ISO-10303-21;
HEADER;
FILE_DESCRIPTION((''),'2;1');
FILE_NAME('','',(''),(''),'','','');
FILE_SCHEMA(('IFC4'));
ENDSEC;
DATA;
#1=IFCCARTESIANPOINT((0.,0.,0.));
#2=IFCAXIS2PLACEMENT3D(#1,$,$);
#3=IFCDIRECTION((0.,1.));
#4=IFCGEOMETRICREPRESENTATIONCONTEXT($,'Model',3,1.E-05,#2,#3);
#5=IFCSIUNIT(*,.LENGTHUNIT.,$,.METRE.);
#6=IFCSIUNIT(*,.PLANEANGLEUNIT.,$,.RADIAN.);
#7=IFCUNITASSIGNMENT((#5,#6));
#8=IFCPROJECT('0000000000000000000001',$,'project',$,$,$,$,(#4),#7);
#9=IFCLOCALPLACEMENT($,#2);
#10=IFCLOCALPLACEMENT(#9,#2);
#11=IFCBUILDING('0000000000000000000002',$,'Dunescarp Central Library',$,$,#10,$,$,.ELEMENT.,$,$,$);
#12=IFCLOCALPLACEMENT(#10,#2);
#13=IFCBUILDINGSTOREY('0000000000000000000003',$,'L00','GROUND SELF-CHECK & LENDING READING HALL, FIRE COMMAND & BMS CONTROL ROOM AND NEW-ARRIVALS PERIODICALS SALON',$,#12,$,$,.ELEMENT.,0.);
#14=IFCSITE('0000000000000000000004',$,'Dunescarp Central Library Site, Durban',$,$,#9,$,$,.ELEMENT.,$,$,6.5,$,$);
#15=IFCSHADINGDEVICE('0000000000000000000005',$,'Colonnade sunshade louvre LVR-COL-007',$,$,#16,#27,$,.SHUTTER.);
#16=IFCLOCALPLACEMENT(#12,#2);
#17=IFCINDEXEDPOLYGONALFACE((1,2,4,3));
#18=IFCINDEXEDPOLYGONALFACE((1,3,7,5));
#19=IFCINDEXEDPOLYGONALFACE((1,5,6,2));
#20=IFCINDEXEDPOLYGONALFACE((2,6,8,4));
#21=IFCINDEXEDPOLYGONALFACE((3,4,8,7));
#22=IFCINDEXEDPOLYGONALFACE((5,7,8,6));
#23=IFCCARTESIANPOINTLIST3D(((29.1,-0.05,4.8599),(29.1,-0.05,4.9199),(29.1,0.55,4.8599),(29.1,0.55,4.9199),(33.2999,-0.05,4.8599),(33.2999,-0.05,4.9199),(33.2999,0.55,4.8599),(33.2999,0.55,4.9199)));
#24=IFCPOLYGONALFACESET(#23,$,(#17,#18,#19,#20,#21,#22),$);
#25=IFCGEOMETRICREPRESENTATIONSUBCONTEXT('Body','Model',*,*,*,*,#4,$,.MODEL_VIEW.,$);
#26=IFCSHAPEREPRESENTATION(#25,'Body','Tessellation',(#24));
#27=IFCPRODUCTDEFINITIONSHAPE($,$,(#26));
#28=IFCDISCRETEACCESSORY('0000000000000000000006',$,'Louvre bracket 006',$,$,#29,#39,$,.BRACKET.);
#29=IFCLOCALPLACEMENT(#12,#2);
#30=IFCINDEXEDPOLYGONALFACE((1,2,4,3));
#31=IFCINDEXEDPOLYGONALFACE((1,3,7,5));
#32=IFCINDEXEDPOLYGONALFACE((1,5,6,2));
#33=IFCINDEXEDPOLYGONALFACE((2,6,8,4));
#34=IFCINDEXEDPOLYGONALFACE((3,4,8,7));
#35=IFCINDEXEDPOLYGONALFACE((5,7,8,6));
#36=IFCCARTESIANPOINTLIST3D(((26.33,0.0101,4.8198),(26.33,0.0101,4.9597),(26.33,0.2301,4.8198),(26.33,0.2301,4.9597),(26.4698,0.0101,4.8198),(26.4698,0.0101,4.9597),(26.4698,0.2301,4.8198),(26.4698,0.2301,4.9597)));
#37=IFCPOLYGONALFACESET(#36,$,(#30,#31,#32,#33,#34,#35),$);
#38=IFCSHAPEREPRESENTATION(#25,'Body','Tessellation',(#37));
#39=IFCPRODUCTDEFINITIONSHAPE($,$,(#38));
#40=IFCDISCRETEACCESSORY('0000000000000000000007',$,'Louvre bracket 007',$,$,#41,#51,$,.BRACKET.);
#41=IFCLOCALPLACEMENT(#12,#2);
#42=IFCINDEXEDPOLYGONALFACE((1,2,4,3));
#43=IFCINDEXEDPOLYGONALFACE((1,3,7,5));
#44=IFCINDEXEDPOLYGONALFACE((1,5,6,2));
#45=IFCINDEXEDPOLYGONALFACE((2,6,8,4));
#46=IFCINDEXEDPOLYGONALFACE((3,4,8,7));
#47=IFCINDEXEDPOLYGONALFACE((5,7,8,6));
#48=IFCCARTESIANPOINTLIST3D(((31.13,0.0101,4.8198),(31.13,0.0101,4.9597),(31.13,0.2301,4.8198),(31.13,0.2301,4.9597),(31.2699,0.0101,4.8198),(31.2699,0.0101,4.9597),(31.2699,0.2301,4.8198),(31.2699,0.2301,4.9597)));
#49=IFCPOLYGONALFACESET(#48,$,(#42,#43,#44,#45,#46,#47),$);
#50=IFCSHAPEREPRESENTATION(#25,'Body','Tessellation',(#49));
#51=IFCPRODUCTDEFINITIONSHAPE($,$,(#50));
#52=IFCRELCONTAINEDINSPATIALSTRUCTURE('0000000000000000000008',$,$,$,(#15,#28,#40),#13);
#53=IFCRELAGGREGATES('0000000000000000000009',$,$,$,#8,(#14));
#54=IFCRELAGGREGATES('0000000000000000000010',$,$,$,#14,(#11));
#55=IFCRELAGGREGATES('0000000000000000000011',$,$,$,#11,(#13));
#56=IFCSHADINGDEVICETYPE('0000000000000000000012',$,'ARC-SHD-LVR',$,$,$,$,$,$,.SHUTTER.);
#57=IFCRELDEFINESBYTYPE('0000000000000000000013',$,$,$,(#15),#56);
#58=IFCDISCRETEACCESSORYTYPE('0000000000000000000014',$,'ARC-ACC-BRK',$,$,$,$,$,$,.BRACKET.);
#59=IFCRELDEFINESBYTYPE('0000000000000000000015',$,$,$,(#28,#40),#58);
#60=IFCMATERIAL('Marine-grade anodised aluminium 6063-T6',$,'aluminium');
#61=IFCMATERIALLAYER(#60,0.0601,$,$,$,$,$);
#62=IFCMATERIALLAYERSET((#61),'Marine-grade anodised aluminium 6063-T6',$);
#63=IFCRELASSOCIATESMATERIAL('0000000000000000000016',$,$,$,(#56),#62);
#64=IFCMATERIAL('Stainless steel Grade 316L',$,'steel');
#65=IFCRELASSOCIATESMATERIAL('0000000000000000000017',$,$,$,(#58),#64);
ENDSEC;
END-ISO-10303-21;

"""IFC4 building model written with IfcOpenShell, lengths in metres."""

from ifc_helpers import new_model, si_unit, direction, frame, origin, origin_2d, place, context, subcontext, project, spatial, rectangle, extrude, material, layer, layer_set, type_object, element, save


model = new_model("IFC4")

# Units and contexts
model_context = context("Model", 3, precision=1e-05, world=origin(), true_north=direction((0.0, 1.0)))
body_context = subcontext(model_context, "Body", "Model", "MODEL_VIEW")
ifc_project = project(units=[si_unit("LENGTHUNIT", "METRE"), si_unit("PLANEANGLEUNIT", "RADIAN")], contexts=[model_context])

# Site, building, storey
site_placement = place(None, origin())
site = spatial("IfcSite", under=ifc_project, at=site_placement, Name="Dunescarp Central Library Site, Durban", CompositionType="ELEMENT", RefElevation=6.5)
building_placement = place(site_placement, origin())
building = spatial("IfcBuilding", under=site, at=building_placement, Name="Dunescarp Central Library", CompositionType="ELEMENT")
storey_placement = place(building_placement, origin())
storey = spatial("IfcBuildingStorey", under=building, at=storey_placement, Name="L00", Description="GROUND SELF-CHECK & LENDING READING HALL, FIRE COMMAND & BMS CONTROL ROOM AND NEW-ARRIVALS PERIODICALS SALON", CompositionType="ELEMENT", Elevation=0.0)

# Shared definitions
ifc_material_1 = material(Name="Marine-grade anodised aluminium 6063-T6", Category="aluminium")

# Shared definitions
ifc_material_2 = material(Name="Stainless steel Grade 316L", Category="steel")

# Shading device
ifc_layer_1 = layer(ifc_material_1, 0.0601)
ifc_layer_set_1 = layer_set([ifc_layer_1], Name="Marine-grade anodised aluminium 6063-T6")
shading_device_type = type_object("IfcShadingDeviceType", Name="ARC-SHD-LVR", PredefinedType="SHUTTER", material=ifc_layer_set_1)
for number, where, z_axis, x_axis, name in (
    (1, (31.2, 0.25, 4.8599), (0.0, 0.0, 1.0), (1.0, 0.0, 0.0), "Colonnade sunshade louvre LVR-COL-007"),
):
    element("IfcShadingDevice", number, at=place(storey_placement, frame(where, z_axis=z_axis, x_axis=x_axis)), inside=storey, type_object=shading_device_type, Name=name, PredefinedType="SHUTTER", context=body_context, shape_type="SweptSolid", body=[
        extrude(rectangle(XDim=4.2, YDim=0.6001, at=origin_2d()), origin(), (0.0, 0.0, 1.0), 0.0601),
    ])

# Discrete accessories
discrete_accessory_type = type_object("IfcDiscreteAccessoryType", Name="ARC-ACC-BRK", PredefinedType="BRACKET", material=ifc_material_2)
for number, where, z_axis, x_axis, name in (
    (2, (26.3999, 0.1201, 4.8198), (0.0, 0.0, 1.0), (1.0, 0.0, 0.0), "Louvre bracket 006"),
    (3, (31.2, 0.1201, 4.8198), (0.0, 0.0, 1.0), (1.0, 0.0, 0.0), "Louvre bracket 007"),
):
    element("IfcDiscreteAccessory", number, at=place(storey_placement, frame(where, z_axis=z_axis, x_axis=x_axis)), inside=storey, type_object=discrete_accessory_type, Name=name, PredefinedType="BRACKET", context=body_context, shape_type="SweptSolid", body=[
        extrude(rectangle(XDim=0.1399, YDim=0.22, at=origin_2d()), origin(), (0.0, 0.0, 1.0), 0.1399),
    ])

save(model, "model.ifc")
